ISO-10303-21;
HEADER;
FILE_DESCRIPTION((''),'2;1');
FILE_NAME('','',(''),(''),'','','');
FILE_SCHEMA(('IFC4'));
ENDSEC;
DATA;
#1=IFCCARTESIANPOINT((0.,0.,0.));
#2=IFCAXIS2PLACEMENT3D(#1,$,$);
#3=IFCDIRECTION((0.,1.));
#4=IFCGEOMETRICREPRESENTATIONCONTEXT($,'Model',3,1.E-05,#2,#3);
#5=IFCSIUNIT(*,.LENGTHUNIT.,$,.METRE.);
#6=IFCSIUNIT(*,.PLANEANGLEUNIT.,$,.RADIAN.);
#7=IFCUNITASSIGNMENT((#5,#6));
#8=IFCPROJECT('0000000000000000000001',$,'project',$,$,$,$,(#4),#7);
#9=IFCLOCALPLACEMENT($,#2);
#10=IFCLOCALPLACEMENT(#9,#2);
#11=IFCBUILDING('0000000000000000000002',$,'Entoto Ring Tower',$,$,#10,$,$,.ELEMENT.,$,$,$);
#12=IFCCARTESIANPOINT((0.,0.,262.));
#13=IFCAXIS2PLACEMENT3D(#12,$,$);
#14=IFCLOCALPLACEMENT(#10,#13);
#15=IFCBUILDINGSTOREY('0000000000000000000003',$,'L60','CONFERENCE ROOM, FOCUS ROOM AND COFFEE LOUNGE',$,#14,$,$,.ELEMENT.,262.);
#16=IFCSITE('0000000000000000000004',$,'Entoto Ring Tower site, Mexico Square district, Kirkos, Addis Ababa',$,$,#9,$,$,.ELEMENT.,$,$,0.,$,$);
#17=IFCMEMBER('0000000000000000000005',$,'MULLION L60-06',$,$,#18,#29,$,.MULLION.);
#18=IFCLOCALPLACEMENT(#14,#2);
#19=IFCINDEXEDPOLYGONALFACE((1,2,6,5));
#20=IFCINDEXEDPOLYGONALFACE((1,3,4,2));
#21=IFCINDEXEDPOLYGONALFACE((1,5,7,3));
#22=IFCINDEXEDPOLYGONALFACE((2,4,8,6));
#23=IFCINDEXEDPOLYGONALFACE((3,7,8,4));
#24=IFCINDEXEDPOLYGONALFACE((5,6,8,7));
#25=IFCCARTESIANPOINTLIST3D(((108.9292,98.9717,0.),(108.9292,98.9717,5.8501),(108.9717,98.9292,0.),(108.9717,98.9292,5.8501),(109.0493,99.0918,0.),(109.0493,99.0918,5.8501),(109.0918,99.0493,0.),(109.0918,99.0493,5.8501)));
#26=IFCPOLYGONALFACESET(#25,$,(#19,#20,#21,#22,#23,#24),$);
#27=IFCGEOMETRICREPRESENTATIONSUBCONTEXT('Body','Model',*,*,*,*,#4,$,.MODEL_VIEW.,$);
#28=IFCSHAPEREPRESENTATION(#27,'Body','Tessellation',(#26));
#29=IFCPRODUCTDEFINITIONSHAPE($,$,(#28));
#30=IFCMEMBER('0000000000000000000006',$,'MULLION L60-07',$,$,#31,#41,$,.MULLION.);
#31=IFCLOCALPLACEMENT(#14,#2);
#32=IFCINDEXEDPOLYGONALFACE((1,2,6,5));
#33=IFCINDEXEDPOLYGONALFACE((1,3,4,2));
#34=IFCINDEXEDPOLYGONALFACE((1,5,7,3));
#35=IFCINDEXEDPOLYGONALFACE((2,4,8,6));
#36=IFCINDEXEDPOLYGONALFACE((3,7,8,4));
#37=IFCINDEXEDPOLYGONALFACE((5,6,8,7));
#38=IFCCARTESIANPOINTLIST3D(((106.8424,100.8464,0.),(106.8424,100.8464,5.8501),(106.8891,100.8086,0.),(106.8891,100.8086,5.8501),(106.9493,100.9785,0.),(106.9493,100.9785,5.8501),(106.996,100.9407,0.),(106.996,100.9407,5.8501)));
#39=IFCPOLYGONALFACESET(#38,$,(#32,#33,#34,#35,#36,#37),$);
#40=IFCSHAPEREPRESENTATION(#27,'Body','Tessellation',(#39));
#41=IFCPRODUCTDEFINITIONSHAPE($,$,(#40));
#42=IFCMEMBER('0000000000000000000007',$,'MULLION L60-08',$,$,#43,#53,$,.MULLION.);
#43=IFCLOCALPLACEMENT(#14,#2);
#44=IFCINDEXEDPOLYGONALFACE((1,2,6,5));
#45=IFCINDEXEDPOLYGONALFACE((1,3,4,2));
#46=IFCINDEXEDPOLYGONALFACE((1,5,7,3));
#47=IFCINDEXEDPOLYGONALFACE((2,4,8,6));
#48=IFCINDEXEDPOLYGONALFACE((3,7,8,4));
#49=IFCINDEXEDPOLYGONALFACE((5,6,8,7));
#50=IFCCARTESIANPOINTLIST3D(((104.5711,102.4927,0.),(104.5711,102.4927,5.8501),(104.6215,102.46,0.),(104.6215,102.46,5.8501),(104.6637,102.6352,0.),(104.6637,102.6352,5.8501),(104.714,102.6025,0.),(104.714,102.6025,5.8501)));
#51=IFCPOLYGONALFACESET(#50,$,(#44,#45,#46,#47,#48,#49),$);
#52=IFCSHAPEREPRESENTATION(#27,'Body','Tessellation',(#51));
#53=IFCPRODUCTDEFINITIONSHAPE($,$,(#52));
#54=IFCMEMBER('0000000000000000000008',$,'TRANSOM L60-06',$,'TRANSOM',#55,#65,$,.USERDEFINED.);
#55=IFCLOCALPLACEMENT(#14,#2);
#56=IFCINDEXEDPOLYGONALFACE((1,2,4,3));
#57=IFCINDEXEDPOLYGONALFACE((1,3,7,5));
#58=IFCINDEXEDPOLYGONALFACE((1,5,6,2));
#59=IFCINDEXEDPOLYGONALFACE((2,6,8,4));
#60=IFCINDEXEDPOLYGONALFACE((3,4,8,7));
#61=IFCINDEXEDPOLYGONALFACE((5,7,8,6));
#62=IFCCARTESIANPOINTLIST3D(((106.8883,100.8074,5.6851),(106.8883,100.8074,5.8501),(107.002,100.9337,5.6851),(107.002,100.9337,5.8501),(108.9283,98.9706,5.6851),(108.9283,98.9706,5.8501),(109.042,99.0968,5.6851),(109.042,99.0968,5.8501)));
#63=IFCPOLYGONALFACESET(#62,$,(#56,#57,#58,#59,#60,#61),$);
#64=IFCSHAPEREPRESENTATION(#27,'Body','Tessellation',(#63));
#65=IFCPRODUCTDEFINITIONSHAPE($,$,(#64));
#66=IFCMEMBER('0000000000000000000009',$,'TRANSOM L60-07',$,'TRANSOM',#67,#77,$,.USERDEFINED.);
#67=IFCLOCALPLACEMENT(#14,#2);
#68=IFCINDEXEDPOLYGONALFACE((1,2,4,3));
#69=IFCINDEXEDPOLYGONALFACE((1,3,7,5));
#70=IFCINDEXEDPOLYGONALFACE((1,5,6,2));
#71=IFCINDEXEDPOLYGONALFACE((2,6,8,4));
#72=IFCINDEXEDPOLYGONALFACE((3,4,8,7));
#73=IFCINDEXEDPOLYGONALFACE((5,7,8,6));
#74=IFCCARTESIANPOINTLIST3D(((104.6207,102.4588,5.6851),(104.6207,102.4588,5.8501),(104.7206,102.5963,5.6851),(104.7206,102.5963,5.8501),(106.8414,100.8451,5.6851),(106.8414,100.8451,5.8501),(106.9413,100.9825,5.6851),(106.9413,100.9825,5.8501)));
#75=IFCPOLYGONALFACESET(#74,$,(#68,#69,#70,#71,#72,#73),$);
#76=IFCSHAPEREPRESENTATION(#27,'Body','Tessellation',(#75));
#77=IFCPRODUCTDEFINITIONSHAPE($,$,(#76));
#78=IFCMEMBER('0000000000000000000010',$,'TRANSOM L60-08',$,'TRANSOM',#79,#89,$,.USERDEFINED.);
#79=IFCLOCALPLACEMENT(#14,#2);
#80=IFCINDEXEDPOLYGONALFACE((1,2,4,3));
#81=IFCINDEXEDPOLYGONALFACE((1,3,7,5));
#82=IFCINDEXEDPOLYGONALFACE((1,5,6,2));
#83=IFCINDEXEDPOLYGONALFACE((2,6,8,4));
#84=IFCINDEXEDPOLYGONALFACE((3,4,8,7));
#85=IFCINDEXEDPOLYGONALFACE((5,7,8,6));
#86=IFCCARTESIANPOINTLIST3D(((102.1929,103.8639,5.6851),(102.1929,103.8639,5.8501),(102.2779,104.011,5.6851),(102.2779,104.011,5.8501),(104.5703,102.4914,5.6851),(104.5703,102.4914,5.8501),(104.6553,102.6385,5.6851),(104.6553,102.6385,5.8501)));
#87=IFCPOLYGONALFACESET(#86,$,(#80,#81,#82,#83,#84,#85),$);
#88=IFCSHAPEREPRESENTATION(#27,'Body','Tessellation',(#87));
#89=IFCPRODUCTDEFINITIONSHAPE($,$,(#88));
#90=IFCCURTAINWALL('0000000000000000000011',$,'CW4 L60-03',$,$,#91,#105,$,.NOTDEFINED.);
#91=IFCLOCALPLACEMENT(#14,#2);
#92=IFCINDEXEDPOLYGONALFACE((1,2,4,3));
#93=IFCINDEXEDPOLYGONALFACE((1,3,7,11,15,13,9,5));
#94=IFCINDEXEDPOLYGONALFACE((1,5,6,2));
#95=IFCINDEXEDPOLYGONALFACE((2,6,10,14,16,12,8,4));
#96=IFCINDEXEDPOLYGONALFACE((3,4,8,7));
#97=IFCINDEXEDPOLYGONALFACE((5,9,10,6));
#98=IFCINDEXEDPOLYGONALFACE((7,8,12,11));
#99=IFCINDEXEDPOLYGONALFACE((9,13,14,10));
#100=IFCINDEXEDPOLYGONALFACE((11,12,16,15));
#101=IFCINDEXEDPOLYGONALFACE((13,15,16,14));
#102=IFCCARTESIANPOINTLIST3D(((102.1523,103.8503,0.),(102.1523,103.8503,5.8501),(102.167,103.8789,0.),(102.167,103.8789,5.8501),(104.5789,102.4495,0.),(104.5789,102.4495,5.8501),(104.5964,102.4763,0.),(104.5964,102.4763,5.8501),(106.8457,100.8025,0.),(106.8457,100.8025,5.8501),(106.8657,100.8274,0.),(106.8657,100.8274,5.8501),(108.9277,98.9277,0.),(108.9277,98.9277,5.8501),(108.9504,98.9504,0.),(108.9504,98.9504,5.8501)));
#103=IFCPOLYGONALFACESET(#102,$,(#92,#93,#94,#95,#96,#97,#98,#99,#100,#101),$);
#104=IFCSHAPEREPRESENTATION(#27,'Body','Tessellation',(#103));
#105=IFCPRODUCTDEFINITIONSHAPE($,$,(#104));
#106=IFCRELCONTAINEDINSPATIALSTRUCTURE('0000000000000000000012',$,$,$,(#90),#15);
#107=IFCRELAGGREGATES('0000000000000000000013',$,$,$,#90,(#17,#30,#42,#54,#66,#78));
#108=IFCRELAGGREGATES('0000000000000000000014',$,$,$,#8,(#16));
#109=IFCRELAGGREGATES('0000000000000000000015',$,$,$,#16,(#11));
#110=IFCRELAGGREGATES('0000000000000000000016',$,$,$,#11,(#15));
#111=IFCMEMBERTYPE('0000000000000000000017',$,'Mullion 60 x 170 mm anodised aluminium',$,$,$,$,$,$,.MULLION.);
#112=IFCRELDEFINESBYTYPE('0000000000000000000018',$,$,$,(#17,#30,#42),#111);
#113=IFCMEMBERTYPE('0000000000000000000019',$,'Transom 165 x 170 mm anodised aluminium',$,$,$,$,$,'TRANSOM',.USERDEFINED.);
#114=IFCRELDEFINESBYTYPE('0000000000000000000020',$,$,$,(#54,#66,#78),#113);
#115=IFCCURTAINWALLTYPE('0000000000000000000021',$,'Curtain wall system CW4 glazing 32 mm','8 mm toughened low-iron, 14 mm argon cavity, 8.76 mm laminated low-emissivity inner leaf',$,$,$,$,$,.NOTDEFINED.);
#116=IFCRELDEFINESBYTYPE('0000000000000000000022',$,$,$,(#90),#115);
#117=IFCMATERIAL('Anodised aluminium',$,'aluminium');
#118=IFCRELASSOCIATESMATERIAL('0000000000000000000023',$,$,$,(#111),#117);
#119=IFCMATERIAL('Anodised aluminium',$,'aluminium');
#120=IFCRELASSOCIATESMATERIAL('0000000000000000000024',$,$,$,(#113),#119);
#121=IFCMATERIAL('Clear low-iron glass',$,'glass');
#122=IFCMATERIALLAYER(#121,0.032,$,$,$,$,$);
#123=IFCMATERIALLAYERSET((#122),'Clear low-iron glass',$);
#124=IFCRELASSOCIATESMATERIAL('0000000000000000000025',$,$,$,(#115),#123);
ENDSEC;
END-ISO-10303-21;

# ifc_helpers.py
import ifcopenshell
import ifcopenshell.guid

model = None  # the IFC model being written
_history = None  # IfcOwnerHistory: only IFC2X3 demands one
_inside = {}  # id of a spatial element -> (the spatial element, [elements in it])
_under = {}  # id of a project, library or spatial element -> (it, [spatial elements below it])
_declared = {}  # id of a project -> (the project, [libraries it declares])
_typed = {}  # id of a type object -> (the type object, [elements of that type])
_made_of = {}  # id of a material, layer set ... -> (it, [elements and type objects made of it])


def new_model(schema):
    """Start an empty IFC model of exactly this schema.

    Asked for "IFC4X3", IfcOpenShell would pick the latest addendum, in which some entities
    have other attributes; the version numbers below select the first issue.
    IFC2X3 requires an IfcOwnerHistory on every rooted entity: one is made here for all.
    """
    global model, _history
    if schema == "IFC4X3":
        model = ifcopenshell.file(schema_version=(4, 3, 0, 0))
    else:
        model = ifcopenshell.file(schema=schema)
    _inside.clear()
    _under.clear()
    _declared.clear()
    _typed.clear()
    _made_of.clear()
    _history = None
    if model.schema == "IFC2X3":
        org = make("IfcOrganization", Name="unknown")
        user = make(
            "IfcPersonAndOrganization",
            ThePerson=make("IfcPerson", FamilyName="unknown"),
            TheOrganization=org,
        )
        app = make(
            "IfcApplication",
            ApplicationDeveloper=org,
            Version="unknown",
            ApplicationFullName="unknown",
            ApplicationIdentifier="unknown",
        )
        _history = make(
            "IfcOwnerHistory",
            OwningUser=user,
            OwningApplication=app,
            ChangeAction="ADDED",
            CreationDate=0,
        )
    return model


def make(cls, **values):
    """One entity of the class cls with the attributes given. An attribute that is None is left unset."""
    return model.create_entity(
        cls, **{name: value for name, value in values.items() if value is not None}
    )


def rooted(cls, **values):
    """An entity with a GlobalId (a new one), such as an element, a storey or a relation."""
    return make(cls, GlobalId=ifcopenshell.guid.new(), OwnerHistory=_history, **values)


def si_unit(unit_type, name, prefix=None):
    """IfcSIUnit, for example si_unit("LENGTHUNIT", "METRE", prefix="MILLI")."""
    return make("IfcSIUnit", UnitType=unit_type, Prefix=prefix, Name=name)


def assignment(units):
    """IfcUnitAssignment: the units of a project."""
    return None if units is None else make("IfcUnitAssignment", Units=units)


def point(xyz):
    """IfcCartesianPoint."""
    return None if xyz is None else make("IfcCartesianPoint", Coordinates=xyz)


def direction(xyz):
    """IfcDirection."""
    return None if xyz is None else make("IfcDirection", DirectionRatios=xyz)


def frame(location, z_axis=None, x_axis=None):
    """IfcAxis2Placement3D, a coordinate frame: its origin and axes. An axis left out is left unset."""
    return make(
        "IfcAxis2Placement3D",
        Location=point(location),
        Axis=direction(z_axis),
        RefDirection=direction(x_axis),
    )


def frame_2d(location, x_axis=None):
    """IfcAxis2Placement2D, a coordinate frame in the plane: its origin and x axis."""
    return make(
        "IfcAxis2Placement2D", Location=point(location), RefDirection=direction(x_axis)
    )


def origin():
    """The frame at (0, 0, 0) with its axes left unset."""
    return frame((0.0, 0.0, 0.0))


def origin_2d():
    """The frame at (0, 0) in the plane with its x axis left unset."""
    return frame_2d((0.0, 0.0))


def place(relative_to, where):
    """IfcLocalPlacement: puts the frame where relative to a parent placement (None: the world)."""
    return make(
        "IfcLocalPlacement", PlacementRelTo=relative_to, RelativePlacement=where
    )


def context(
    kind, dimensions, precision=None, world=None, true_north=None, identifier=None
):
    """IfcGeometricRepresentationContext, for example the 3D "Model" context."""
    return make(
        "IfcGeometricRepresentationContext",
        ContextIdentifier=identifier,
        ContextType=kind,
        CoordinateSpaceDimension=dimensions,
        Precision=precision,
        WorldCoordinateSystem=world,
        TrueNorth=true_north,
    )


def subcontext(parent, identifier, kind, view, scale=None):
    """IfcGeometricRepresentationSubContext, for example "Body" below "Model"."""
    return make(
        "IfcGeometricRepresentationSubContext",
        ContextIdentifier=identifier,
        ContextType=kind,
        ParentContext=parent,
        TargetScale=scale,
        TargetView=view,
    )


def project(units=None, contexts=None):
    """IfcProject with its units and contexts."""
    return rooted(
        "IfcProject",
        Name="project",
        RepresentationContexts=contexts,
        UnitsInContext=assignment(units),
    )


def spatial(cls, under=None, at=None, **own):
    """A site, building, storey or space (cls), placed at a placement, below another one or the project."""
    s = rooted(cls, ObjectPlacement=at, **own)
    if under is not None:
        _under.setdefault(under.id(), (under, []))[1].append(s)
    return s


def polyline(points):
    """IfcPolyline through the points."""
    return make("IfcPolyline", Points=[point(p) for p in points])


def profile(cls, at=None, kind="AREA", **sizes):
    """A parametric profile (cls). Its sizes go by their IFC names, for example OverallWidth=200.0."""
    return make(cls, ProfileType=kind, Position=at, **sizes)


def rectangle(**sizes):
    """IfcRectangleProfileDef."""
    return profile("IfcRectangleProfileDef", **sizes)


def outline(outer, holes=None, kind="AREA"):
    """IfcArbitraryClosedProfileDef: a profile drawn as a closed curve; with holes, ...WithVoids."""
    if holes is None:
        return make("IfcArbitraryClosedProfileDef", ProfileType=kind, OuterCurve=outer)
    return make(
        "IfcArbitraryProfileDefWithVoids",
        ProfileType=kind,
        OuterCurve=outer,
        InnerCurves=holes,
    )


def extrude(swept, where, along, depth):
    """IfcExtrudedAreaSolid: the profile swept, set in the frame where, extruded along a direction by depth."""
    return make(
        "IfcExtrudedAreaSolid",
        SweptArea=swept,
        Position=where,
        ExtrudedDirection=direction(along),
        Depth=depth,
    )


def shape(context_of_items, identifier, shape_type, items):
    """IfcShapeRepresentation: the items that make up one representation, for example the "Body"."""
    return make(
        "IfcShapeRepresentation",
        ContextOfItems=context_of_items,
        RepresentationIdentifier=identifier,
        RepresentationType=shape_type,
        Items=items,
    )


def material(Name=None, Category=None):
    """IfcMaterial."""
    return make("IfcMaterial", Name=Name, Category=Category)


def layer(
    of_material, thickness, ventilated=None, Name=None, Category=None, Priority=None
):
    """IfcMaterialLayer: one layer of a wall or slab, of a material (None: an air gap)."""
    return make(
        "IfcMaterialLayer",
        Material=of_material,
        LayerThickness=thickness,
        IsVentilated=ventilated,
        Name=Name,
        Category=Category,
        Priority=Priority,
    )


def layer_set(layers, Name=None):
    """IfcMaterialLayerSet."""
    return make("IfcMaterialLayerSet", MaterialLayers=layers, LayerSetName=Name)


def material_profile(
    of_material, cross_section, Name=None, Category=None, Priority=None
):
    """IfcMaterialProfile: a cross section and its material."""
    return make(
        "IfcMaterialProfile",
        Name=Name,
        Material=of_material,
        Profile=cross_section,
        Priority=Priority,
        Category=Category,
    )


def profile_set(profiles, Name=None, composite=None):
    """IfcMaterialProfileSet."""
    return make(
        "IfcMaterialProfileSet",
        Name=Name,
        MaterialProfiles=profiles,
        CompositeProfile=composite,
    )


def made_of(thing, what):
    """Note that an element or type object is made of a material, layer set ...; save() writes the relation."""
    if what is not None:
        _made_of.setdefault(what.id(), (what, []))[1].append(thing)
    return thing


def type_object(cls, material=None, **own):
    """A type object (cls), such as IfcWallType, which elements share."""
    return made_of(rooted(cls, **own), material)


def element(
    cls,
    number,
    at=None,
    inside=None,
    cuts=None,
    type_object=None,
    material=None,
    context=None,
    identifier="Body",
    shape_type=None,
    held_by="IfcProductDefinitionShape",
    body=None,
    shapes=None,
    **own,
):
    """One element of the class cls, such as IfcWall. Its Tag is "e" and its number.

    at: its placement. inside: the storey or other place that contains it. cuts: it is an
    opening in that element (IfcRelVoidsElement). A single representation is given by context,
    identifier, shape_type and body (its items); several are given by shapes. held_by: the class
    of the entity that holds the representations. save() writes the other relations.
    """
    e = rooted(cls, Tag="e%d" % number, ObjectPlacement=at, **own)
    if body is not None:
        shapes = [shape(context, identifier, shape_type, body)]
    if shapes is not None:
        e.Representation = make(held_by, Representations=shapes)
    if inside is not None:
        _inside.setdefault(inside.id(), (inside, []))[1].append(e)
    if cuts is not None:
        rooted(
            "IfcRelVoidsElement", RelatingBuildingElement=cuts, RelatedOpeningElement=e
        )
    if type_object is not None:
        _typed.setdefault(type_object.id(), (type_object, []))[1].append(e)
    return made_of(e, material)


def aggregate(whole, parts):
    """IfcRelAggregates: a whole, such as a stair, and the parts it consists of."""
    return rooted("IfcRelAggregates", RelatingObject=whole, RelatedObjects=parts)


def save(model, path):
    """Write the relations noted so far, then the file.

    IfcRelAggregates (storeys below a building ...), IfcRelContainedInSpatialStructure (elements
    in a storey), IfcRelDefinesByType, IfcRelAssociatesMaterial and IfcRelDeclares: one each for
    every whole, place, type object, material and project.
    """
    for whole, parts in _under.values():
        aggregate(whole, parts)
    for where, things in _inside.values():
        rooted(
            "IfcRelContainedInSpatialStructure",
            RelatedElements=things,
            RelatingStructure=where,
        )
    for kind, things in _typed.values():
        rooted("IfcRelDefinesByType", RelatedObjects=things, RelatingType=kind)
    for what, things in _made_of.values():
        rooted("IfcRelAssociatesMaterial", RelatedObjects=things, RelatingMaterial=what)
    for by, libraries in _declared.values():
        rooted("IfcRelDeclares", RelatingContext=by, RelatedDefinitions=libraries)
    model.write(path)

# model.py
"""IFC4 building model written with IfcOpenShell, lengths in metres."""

from ifc_helpers import new_model, si_unit, direction, frame, origin, origin_2d, place, context, subcontext, project, spatial, polyline, rectangle, outline, extrude, material, layer, layer_set, material_profile, profile_set, type_object, element, aggregate, save


model = new_model("IFC4")

# Units and contexts
model_context = context("Model", 3, precision=1e-05, world=origin(), true_north=direction((0.0, 1.0)))
body_context = subcontext(model_context, "Body", "Model", "MODEL_VIEW")
ifc_project = project(units=[si_unit("LENGTHUNIT", "METRE"), si_unit("PLANEANGLEUNIT", "RADIAN")], contexts=[model_context])

# Members
ifc_material_1 = material(Name="Anodised aluminium", Category="aluminium")
ifc_material_profile_1 = material_profile(ifc_material_1, rectangle(XDim=0.0601, YDim=0.1699, at=origin_2d()), Name="Mullion 60 x 170 mm anodised aluminium")
ifc_profile_set_1 = profile_set([ifc_material_profile_1], Name="Anodised aluminium")
member_type_1 = type_object("IfcMemberType", Name="Mullion 60 x 170 mm anodised aluminium", PredefinedType="MULLION", material=ifc_profile_set_1)
site_placement = place(None, origin())
building_placement = place(site_placement, origin())
storey_placement = place(building_placement, frame((0.0, 0.0, 262.0)))
member_1_placement = place(storey_placement, frame((109.0105, 99.0105, 0.0), z_axis=(0.0, 0.0, 1.0), x_axis=(-0.707107, 0.707107, 0.0)))
member_1 = element("IfcMember", 1, at=member_1_placement, type_object=member_type_1, Name="MULLION L60-06", PredefinedType="MULLION", context=body_context, shape_type="SweptSolid", body=[
    extrude(rectangle(XDim=0.0601, YDim=0.1699, at=origin_2d()), origin(), (0.0, 0.0, 1.0), 5.8501),
])
member_2_placement = place(storey_placement, frame((106.9192, 100.8936, 0.0), z_axis=(0.0, 0.0, 1.0), x_axis=(-0.777146, 0.62932, 0.0)))
member_2 = element("IfcMember", 2, at=member_2_placement, type_object=member_type_1, Name="MULLION L60-07", PredefinedType="MULLION", context=body_context, shape_type="SweptSolid", body=[
    extrude(rectangle(XDim=0.0601, YDim=0.1699, at=origin_2d()), origin(), (0.0, 0.0, 1.0), 5.8501),
])
member_3_placement = place(storey_placement, frame((104.6426, 102.5476, 0.0), z_axis=(0.0, 0.0, 1.0), x_axis=(-0.838671, 0.544639, 0.0)))
member_3 = element("IfcMember", 3, at=member_3_placement, type_object=member_type_1, Name="MULLION L60-08", PredefinedType="MULLION", context=body_context, shape_type="SweptSolid", body=[
    extrude(rectangle(XDim=0.0601, YDim=0.1699, at=origin_2d()), origin(), (0.0, 0.0, 1.0), 5.8501),
])
ifc_material_2 = material(Name="Anodised aluminium", Category="aluminium")
ifc_material_profile_2 = material_profile(ifc_material_2, rectangle(XDim=0.1699, YDim=0.165, at=origin_2d()), Name="Transom 165 x 170 mm anodised aluminium")
ifc_profile_set_2 = profile_set([ifc_material_profile_2], Name="Anodised aluminium")
member_type_2 = type_object("IfcMemberType", Name="Transom 165 x 170 mm anodised aluminium", ElementType="TRANSOM", PredefinedType="USERDEFINED", material=ifc_profile_set_2)
member_4_placement = place(storey_placement, frame((108.9851, 99.0337, 5.7676), z_axis=(-0.743135, 0.669142, 0.0), x_axis=(-0.669142, -0.743135, 0.0)))
member_4 = element("IfcMember", 4, at=member_4_placement, type_object=member_type_2, Name="TRANSOM L60-06", ObjectType="TRANSOM", PredefinedType="USERDEFINED", context=body_context, shape_type="SweptSolid", body=[
    extrude(rectangle(XDim=0.1699, YDim=0.165, at=origin_2d()), origin(), (0.0, 0.0, 1.0), 2.7451),
])
member_5_placement = place(storey_placement, frame((106.8914, 100.9138, 5.7676), z_axis=(-0.808959, 0.587865, 0.0), x_axis=(-0.587865, -0.808959, 0.0)))
member_5 = element("IfcMember", 5, at=member_5_placement, type_object=member_type_2, Name="TRANSOM L60-07", ObjectType="TRANSOM", PredefinedType="USERDEFINED", context=body_context, shape_type="SweptSolid", body=[
    extrude(rectangle(XDim=0.1699, YDim=0.165, at=origin_2d()), origin(), (0.0, 0.0, 1.0), 2.7451),
])
member_6_placement = place(storey_placement, frame((104.6128, 102.5649, 5.7676), z_axis=(-0.866035, 0.499984, 0.0), x_axis=(-0.499984, -0.866035, 0.0)))
member_6 = element("IfcMember", 6, at=member_6_placement, type_object=member_type_2, Name="TRANSOM L60-08", ObjectType="TRANSOM", PredefinedType="USERDEFINED", context=body_context, shape_type="SweptSolid", body=[
    extrude(rectangle(XDim=0.1699, YDim=0.165, at=origin_2d()), origin(), (0.0, 0.0, 1.0), 2.7451),
])

# Site, building, storey
site = spatial("IfcSite", under=ifc_project, at=site_placement, Name="Entoto Ring Tower site, Mexico Square district, Kirkos, Addis Ababa", CompositionType="ELEMENT", RefElevation=0.0)
building = spatial("IfcBuilding", under=site, at=building_placement, Name="Entoto Ring Tower", CompositionType="ELEMENT")
storey = spatial("IfcBuildingStorey", under=building, at=storey_placement, Name="L60", Description="CONFERENCE ROOM, FOCUS ROOM AND COFFEE LOUNGE", CompositionType="ELEMENT", Elevation=262.0)

# Curtain wall
ifc_material_3 = material(Name="Clear low-iron glass", Category="glass")
ifc_layer_1 = layer(ifc_material_3, 0.032)
ifc_layer_set_1 = layer_set([ifc_layer_1], Name="Clear low-iron glass")
curtain_wall_type = type_object("IfcCurtainWallType", Name="Curtain wall system CW4 glazing 32 mm", Description="8 mm toughened low-iron, 14 mm argon cavity, 8.76 mm laminated low-emissivity inner leaf", PredefinedType="NOTDEFINED", material=ifc_layer_set_1)
curtain_wall_1_placement = place(storey_placement, origin())
curtain_wall_1 = element("IfcCurtainWall", 7, at=curtain_wall_1_placement, inside=storey, type_object=curtain_wall_type, Name="CW4 L60-03", PredefinedType="NOTDEFINED", context=body_context, shape_type="SweptSolid", body=[
    extrude(outline(polyline([(108.9504, 98.9504), (106.8657, 100.8274), (104.5964, 102.4763), (102.167, 103.8789), (102.1523, 103.8503), (104.5789, 102.4495), (106.8457, 100.8025), (108.9277, 98.9277), (108.9504, 98.9504)])), origin(), (0.0, 0.0, 1.0), 5.8501),
])
aggregate(curtain_wall_1, [member_1, member_2, member_3, member_4, member_5, member_6])

save(model, "model.ifc")
